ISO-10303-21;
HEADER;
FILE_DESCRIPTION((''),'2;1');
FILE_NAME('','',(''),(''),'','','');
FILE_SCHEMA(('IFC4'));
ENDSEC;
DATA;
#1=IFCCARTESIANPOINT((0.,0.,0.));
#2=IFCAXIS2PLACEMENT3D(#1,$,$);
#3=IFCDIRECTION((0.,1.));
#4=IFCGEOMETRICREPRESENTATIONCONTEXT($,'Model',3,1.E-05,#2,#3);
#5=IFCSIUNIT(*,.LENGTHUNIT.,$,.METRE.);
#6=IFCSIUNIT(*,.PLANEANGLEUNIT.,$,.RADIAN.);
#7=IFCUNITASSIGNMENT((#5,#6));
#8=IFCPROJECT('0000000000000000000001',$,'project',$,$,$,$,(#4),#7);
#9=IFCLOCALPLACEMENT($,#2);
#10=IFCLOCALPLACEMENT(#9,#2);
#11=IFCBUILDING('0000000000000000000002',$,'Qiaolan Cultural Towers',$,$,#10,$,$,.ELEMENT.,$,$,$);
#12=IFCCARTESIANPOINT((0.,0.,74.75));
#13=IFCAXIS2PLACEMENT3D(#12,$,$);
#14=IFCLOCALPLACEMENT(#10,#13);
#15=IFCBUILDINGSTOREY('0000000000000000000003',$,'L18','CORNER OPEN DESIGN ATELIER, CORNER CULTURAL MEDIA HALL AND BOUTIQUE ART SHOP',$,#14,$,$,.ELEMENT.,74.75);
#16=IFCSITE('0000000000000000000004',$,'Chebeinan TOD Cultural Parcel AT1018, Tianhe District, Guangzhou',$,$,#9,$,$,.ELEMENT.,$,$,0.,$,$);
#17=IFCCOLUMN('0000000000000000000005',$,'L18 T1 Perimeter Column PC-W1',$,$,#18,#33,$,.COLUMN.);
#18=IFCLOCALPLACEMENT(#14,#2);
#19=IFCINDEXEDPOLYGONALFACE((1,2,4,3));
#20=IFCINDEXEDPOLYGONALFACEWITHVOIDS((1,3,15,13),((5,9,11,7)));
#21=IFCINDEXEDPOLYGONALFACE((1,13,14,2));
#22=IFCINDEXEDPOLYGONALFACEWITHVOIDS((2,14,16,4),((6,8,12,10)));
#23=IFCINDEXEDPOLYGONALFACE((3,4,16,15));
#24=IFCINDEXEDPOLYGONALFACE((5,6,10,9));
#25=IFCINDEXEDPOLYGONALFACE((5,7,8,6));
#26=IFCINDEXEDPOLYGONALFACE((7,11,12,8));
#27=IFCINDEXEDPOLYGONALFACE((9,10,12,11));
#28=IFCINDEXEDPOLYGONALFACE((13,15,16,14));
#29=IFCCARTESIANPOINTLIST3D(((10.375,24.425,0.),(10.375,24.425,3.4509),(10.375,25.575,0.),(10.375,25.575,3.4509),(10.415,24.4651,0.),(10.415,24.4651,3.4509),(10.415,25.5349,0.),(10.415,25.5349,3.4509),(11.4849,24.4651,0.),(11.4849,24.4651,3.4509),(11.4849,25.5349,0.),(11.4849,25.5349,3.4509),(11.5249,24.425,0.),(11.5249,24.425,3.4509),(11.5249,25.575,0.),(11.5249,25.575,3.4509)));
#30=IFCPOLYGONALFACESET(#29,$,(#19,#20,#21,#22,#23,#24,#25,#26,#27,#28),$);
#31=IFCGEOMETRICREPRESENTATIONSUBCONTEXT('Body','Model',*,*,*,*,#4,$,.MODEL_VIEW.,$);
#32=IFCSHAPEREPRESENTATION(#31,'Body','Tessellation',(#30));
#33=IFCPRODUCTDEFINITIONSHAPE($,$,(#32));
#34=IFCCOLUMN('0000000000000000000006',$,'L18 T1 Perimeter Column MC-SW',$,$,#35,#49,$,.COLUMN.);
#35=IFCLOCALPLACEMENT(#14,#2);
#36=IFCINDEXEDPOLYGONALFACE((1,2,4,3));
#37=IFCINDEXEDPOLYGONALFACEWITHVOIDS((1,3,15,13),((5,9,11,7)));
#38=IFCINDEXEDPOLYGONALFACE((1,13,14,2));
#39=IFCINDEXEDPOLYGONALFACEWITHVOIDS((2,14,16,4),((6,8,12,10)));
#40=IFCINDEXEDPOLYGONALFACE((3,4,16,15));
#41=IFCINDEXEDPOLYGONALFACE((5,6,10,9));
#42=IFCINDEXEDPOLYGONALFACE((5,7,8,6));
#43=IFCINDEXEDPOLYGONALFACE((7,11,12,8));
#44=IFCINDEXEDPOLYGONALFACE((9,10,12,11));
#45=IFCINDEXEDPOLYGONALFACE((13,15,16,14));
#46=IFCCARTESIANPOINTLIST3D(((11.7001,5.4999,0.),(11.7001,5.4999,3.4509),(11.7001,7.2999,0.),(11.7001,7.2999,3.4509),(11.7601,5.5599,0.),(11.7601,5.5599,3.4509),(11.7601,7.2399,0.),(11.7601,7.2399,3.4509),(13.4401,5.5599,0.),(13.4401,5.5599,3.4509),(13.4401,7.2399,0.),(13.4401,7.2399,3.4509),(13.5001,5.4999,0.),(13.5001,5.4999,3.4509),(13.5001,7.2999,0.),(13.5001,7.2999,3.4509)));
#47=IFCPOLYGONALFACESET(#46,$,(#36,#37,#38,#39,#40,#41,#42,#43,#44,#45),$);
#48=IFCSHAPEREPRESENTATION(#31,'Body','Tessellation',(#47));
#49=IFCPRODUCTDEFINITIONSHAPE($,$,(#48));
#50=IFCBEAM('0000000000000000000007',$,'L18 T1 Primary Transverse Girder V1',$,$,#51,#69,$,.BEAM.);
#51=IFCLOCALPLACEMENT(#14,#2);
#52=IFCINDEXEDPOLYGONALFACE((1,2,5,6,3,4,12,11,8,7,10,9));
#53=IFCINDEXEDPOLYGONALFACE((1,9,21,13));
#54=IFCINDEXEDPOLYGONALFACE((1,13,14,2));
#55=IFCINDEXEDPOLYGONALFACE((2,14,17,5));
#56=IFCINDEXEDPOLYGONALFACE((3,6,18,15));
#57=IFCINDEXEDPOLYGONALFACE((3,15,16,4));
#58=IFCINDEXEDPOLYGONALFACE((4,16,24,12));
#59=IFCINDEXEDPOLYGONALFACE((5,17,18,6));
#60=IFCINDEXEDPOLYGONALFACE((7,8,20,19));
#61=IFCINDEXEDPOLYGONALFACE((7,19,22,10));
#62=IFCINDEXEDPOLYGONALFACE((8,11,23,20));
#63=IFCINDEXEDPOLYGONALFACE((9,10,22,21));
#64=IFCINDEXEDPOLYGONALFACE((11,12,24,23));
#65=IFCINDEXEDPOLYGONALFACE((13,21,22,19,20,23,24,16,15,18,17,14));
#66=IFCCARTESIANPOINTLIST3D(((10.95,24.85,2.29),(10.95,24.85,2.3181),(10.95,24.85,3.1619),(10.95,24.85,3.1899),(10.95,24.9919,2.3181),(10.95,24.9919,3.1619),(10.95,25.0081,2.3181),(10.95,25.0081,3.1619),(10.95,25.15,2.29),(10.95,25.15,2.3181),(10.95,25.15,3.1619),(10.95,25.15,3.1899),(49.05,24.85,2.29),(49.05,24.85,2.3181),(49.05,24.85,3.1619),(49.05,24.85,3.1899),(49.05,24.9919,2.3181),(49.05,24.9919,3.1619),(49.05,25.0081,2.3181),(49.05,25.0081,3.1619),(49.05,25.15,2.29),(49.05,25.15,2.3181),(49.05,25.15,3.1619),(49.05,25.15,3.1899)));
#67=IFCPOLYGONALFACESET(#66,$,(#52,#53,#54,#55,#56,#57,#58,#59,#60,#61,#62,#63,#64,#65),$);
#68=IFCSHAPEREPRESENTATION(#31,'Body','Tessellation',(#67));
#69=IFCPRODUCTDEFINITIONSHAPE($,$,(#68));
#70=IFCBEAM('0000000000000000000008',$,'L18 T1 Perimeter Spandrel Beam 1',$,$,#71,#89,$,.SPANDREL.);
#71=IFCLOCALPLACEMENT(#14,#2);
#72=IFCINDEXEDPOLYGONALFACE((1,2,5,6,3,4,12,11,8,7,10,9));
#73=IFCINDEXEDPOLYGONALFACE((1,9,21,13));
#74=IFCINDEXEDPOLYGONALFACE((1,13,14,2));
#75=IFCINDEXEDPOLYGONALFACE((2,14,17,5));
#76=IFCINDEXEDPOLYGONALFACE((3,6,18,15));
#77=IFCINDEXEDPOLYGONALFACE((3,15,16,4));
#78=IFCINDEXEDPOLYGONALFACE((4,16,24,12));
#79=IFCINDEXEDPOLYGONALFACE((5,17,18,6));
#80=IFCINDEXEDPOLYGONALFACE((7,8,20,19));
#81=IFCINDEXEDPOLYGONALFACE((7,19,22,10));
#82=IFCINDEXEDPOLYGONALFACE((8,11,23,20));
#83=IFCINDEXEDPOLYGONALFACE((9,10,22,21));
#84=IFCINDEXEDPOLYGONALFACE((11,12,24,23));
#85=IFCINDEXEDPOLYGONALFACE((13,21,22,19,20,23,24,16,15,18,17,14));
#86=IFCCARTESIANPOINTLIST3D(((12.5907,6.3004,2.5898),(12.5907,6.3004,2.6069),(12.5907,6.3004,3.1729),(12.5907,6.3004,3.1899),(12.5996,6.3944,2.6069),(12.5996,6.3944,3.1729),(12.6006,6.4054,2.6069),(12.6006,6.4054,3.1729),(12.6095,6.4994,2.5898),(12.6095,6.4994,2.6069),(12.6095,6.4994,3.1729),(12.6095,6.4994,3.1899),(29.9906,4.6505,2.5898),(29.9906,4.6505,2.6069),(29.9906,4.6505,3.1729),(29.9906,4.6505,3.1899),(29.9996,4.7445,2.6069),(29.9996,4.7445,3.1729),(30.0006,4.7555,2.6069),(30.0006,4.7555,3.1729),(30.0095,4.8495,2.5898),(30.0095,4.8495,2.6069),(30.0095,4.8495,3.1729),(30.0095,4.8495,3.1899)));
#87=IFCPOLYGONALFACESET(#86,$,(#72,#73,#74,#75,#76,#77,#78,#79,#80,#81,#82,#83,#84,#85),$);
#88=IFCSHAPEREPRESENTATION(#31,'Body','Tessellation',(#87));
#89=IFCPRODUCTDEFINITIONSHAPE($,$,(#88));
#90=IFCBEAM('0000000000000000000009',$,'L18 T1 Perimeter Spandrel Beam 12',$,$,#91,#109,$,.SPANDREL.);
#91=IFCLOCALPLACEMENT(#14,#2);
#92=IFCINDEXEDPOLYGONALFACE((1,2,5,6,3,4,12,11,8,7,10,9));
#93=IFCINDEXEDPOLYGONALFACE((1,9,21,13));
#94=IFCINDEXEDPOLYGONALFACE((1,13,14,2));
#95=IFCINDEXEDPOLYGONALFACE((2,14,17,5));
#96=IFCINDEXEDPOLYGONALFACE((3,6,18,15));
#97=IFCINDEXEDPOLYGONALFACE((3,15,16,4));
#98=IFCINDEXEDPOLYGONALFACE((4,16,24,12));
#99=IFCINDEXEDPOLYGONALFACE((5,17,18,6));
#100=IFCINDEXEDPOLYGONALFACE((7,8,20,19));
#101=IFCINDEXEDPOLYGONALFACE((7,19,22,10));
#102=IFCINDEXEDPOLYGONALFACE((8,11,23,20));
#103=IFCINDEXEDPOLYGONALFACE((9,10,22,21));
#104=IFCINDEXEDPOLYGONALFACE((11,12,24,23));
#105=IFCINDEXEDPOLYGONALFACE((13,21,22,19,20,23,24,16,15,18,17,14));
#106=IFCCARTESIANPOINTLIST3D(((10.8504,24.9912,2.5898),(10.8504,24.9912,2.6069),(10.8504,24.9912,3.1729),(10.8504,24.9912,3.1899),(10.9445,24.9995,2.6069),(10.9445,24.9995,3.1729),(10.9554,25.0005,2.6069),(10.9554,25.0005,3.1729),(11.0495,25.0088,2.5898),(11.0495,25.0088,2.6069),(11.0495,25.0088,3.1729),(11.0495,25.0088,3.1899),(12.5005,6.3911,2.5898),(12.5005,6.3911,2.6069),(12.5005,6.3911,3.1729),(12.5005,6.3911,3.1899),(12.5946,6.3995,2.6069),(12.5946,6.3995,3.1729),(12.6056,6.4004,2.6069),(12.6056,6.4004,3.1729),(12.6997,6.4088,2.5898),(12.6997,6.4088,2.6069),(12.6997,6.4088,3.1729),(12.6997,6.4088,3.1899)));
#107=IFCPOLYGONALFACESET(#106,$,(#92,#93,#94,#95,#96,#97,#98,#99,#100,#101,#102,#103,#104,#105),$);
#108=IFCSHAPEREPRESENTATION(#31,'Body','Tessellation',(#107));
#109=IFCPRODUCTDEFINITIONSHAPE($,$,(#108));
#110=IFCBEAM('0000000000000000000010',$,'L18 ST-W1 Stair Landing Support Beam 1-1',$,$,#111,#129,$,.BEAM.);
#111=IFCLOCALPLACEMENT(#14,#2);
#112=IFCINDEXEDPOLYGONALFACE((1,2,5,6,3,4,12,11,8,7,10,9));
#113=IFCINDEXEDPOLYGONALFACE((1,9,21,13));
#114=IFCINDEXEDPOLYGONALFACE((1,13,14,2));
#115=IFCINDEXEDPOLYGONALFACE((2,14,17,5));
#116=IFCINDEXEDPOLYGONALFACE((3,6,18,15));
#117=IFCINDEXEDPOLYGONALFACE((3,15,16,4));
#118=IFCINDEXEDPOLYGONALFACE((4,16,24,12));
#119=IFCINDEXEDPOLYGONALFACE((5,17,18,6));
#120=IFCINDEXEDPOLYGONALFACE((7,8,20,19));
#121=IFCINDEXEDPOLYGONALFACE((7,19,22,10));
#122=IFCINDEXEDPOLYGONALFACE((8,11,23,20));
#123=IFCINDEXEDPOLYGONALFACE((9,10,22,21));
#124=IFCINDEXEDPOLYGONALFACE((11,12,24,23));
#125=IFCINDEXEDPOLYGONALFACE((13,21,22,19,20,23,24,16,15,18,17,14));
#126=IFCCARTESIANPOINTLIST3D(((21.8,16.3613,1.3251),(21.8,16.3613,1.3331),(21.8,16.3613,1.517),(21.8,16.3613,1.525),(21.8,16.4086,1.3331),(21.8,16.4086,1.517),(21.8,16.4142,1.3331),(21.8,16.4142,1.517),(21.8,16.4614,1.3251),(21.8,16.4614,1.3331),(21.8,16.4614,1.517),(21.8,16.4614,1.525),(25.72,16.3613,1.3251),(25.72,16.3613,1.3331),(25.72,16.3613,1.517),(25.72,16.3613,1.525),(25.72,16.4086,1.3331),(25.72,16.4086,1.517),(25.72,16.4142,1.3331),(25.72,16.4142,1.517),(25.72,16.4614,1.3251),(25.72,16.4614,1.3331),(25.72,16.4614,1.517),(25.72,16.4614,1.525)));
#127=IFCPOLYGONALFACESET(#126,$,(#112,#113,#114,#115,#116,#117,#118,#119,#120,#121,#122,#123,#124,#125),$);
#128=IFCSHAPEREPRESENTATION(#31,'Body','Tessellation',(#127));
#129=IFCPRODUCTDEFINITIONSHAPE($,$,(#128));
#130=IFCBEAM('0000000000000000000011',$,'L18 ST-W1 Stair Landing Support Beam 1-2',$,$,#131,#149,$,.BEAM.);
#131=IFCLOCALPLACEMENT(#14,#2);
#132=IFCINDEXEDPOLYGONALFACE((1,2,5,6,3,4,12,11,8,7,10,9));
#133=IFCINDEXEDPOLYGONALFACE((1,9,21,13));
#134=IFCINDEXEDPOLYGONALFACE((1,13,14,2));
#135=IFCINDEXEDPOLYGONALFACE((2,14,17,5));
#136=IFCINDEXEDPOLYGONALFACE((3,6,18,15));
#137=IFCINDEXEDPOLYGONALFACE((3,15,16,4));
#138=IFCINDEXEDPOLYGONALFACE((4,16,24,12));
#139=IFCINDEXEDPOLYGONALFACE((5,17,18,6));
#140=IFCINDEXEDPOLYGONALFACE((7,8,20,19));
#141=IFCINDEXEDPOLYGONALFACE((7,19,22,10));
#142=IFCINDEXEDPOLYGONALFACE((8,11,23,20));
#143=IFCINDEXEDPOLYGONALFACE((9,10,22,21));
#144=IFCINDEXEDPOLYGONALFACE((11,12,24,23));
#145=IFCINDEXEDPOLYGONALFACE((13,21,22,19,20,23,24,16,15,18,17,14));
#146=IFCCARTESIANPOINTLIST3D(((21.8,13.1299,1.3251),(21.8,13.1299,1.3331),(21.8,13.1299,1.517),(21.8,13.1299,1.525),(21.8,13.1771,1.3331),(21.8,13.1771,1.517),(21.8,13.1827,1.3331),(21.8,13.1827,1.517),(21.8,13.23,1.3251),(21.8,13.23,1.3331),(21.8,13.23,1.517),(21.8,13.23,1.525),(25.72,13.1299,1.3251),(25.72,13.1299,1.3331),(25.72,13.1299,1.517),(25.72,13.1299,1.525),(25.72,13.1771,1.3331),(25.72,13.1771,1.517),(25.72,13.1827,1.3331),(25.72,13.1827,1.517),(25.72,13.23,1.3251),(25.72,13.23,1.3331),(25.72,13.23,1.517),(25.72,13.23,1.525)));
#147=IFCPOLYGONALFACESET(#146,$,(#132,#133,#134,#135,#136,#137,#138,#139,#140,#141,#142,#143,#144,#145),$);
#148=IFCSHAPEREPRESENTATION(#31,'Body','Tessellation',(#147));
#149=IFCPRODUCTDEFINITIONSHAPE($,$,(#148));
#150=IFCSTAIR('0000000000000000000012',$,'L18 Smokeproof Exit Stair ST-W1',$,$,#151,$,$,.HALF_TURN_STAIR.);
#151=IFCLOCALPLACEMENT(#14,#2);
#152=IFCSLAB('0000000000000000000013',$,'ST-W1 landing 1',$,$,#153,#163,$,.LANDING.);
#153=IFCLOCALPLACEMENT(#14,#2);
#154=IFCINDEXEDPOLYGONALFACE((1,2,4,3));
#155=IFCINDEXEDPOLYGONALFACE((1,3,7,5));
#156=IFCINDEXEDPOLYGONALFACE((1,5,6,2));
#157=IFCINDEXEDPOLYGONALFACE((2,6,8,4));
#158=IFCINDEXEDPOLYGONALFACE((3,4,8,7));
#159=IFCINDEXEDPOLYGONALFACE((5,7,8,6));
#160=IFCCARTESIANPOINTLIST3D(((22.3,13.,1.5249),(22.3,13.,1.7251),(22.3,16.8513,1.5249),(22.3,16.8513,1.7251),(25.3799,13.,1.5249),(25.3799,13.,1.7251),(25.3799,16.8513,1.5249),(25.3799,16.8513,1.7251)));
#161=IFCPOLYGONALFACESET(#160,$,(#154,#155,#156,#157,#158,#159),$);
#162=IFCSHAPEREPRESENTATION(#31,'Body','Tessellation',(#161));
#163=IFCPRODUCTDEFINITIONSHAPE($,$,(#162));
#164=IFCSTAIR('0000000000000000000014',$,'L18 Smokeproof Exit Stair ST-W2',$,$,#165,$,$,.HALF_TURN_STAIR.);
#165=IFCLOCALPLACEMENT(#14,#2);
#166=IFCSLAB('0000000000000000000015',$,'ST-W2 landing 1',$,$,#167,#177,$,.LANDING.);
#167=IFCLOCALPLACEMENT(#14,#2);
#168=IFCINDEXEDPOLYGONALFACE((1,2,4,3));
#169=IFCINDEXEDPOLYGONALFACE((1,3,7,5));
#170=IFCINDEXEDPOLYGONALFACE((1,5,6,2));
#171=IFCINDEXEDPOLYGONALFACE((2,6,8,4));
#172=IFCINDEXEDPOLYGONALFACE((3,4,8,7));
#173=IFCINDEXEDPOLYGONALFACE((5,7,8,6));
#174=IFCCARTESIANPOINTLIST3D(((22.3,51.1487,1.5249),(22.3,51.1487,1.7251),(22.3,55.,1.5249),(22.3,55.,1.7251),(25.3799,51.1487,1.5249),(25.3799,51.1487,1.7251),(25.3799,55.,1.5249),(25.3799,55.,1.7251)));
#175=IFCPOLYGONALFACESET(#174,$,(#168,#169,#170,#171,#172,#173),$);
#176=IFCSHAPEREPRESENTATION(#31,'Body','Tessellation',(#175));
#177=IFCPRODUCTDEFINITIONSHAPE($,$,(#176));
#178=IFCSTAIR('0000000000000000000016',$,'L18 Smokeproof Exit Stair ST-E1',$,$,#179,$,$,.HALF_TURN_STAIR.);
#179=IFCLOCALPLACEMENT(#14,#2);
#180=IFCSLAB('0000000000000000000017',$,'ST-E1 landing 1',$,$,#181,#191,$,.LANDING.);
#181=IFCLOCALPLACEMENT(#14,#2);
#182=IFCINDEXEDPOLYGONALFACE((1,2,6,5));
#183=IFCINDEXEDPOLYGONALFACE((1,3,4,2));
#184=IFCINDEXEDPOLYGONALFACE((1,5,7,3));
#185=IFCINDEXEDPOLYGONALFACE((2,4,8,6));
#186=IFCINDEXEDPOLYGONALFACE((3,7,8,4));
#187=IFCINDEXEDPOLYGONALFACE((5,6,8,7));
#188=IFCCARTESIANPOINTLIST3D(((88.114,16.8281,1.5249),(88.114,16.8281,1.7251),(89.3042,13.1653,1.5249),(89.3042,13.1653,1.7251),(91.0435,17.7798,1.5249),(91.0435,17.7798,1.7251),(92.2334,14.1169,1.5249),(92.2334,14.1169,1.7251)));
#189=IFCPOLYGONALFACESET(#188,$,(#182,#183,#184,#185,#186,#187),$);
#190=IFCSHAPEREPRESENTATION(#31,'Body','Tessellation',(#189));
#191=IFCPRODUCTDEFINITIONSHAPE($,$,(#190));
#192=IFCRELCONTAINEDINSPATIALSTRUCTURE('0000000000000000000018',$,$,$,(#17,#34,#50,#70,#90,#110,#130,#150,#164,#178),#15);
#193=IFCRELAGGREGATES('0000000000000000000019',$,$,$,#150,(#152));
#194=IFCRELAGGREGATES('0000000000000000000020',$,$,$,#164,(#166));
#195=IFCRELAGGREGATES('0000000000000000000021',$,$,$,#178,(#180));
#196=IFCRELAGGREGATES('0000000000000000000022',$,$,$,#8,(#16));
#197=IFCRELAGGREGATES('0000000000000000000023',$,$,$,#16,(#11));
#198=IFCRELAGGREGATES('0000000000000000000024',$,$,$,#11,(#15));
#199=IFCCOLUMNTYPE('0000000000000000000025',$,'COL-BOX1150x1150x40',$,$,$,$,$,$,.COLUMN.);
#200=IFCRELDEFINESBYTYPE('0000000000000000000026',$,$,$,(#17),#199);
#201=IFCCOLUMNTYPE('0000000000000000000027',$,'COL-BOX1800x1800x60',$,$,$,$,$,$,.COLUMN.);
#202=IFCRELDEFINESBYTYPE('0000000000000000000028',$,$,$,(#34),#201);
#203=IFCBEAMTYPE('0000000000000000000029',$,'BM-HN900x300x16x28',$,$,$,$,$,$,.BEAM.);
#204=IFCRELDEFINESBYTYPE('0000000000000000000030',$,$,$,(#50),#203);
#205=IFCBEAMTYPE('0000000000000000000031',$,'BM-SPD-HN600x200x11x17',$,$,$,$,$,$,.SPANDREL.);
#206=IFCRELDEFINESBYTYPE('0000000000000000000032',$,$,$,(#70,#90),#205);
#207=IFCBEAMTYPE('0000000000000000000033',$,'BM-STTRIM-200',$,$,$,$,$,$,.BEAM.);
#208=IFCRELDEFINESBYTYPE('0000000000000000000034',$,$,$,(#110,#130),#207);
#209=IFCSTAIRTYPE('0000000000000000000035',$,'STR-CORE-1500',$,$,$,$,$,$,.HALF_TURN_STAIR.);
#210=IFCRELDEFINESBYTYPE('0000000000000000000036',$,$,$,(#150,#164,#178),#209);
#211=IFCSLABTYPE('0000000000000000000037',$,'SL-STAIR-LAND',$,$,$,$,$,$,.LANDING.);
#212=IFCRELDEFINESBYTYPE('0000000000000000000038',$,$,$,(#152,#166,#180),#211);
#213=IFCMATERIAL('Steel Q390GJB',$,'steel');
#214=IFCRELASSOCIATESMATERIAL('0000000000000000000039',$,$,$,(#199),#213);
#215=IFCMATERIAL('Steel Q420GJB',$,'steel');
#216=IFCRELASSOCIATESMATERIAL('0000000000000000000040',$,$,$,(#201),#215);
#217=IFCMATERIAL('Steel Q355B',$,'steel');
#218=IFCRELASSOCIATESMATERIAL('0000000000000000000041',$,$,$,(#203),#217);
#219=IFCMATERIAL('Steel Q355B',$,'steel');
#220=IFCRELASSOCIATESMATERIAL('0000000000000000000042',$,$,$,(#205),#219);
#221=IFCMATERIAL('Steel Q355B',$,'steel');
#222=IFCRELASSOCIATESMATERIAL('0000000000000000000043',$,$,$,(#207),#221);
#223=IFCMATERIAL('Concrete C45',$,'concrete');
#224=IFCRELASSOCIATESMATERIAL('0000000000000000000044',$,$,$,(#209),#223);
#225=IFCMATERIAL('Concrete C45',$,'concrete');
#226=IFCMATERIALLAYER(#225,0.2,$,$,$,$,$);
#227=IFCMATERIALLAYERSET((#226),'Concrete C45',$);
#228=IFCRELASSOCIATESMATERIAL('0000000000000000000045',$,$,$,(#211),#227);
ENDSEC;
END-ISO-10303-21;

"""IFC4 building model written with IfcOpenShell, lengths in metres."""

from ifc_helpers import new_model, si_unit, direction, frame, origin, origin_2d, place, context, subcontext, project, spatial, polyline, hollow_rectangle, i_section, outline, extrude, material, layer, layer_set, material_profile, profile_set, type_object, element, aggregate, save


model = new_model("IFC4")

# Units and contexts
model_context = context("Model", 3, precision=1e-05, world=origin(), true_north=direction((0.0, 1.0)))
body_context = subcontext(model_context, "Body", "Model", "MODEL_VIEW")
ifc_project = project(units=[si_unit("LENGTHUNIT", "METRE"), si_unit("PLANEANGLEUNIT", "RADIAN")], contexts=[model_context])

# Site, building, storey
site_placement = place(None, origin())
site = spatial("IfcSite", under=ifc_project, at=site_placement, Name="Chebeinan TOD Cultural Parcel AT1018, Tianhe District, Guangzhou", CompositionType="ELEMENT", RefElevation=0.0)
building_placement = place(site_placement, origin())
building = spatial("IfcBuilding", under=site, at=building_placement, Name="Qiaolan Cultural Towers", CompositionType="ELEMENT")
storey_placement = place(building_placement, frame((0.0, 0.0, 74.75)))
storey = spatial("IfcBuildingStorey", under=building, at=storey_placement, Name="L18", Description="CORNER OPEN DESIGN ATELIER, CORNER CULTURAL MEDIA HALL AND BOUTIQUE ART SHOP", CompositionType="ELEMENT", Elevation=74.75)

# Columns
ifc_material_1 = material(Name="Steel Q390GJB", Category="steel")
ifc_material_profile_1 = material_profile(ifc_material_1, hollow_rectangle(XDim=1.1499, YDim=1.1499, WallThickness=0.04, at=origin_2d()), Name="BOX1150x1150x40")
ifc_profile_set_1 = profile_set([ifc_material_profile_1], Name="Steel Q390GJB")
column_type_1 = type_object("IfcColumnType", Name="COL-BOX1150x1150x40", PredefinedType="COLUMN", material=ifc_profile_set_1)
column_1_placement = place(storey_placement, frame((10.95, 25.0, 0.0), z_axis=(0.0, 0.0, 1.0), x_axis=(1.0, 0.0, 0.0)))
element("IfcColumn", 1, at=column_1_placement, inside=storey, type_object=column_type_1, Name="L18 T1 Perimeter Column PC-W1", PredefinedType="COLUMN", context=body_context, shape_type="SweptSolid", body=[
    extrude(hollow_rectangle(XDim=1.1499, YDim=1.1499, WallThickness=0.04, at=origin_2d()), origin(), (0.0, 0.0, 1.0), 3.4509),
])
ifc_material_2 = material(Name="Steel Q420GJB", Category="steel")
ifc_material_profile_2 = material_profile(ifc_material_2, hollow_rectangle(XDim=1.8, YDim=1.8, WallThickness=0.0601, at=origin_2d()), Name="BOX1800x1800x60")
ifc_profile_set_2 = profile_set([ifc_material_profile_2], Name="Steel Q420GJB")
column_type_2 = type_object("IfcColumnType", Name="COL-BOX1800x1800x60", PredefinedType="COLUMN", material=ifc_profile_set_2)
column_2_placement = place(storey_placement, frame((12.6001, 6.3999, 0.0), z_axis=(0.0, 0.0, 1.0), x_axis=(1.0, 0.0, 0.0)))
element("IfcColumn", 2, at=column_2_placement, inside=storey, type_object=column_type_2, Name="L18 T1 Perimeter Column MC-SW", PredefinedType="COLUMN", context=body_context, shape_type="SweptSolid", body=[
    extrude(hollow_rectangle(XDim=1.8, YDim=1.8, WallThickness=0.0601, at=origin_2d()), origin(), (0.0, 0.0, 1.0), 3.4509),
])

# Beams
ifc_material_3 = material(Name="Steel Q355B", Category="steel")
ifc_material_profile_3 = material_profile(ifc_material_3, i_section(OverallWidth=0.3, OverallDepth=0.8999, WebThickness=0.0161, FlangeThickness=0.0281, at=origin_2d()), Name="HN900x300x16x28")
ifc_profile_set_3 = profile_set([ifc_material_profile_3], Name="Steel Q355B")
beam_type_1 = type_object("IfcBeamType", Name="BM-HN900x300x16x28", PredefinedType="BEAM", material=ifc_profile_set_3)
beam_1_placement = place(storey_placement, frame((10.95, 25.0, 2.74), z_axis=(1.0, 0.0, 0.0), x_axis=(0.0, 1.0, 0.0)))
element("IfcBeam", 3, at=beam_1_placement, inside=storey, type_object=beam_type_1, Name="L18 T1 Primary Transverse Girder V1", PredefinedType="BEAM", context=body_context, shape_type="SweptSolid", body=[
    extrude(i_section(OverallWidth=0.3, OverallDepth=0.8999, WebThickness=0.0161, FlangeThickness=0.0281, at=origin_2d()), origin(), (0.0, 0.0, 1.0), 38.1001),
])
ifc_material_4 = material(Name="Steel Q355B", Category="steel")
ifc_material_profile_4 = material_profile(ifc_material_4, i_section(OverallWidth=0.2, OverallDepth=0.6001, WebThickness=0.011, FlangeThickness=0.0171, at=origin_2d()), Name="HN600x200x11x17")
ifc_profile_set_4 = profile_set([ifc_material_profile_4], Name="Steel Q355B")
beam_type_2 = type_object("IfcBeamType", Name="BM-SPD-HN600x200x11x17", PredefinedType="SPANDREL", material=ifc_profile_set_4)
beam_2_placement = place(storey_placement, frame((12.6001, 6.3999, 2.8899), z_axis=(0.995534, -0.094399, 0.0), x_axis=(0.094399, 0.995534, 0.0)))
element("IfcBeam", 4, at=beam_2_placement, inside=storey, type_object=beam_type_2, Name="L18 T1 Perimeter Spandrel Beam 1", PredefinedType="SPANDREL", context=body_context, shape_type="SweptSolid", body=[
    extrude(i_section(OverallWidth=0.2, OverallDepth=0.6001, WebThickness=0.011, FlangeThickness=0.0171, at=origin_2d()), origin(), (0.0, 0.0, 1.0), 17.478),
])
beam_3_placement = place(storey_placement, frame((10.95, 25.0, 2.8899), z_axis=(0.08837, -0.996088, 0.0), x_axis=(0.996088, 0.08837, 0.0)))
element("IfcBeam", 5, at=beam_3_placement, inside=storey, type_object=beam_type_2, Name="L18 T1 Perimeter Spandrel Beam 12", PredefinedType="SPANDREL", context=body_context, shape_type="SweptSolid", body=[
    extrude(i_section(OverallWidth=0.2, OverallDepth=0.6001, WebThickness=0.011, FlangeThickness=0.0171, at=origin_2d()), origin(), (0.0, 0.0, 1.0), 18.6731),
])
ifc_material_5 = material(Name="Steel Q355B", Category="steel")
ifc_material_profile_5 = material_profile(ifc_material_5, i_section(OverallWidth=0.1001, OverallDepth=0.2, WebThickness=0.0056, FlangeThickness=0.0081, at=origin_2d()), Name="HN200x100x5.5x8")
ifc_profile_set_5 = profile_set([ifc_material_profile_5], Name="Steel Q355B")
beam_type_3 = type_object("IfcBeamType", Name="BM-STTRIM-200", PredefinedType="BEAM", material=ifc_profile_set_5)
for number, where, z_axis, x_axis, name in (
    (6, (21.8, 16.4114, 1.425), (1.0, 0.0, 0.0), (0.0, 1.0, 0.0), "L18 ST-W1 Stair Landing Support Beam 1-1"),
    (7, (21.8, 13.1799, 1.425), (1.0, 0.0, 0.0), (0.0, 1.0, 0.0), "L18 ST-W1 Stair Landing Support Beam 1-2"),
):
    element("IfcBeam", number, at=place(storey_placement, frame(where, z_axis=z_axis, x_axis=x_axis)), inside=storey, type_object=beam_type_3, Name=name, PredefinedType="BEAM", context=body_context, shape_type="SweptSolid", body=[
        extrude(i_section(OverallWidth=0.1001, OverallDepth=0.2, WebThickness=0.0056, FlangeThickness=0.0081, at=origin_2d()), origin(), (0.0, 0.0, 1.0), 3.9199),
    ])

# Stairs, slabs
ifc_material_6 = material(Name="Concrete C45", Category="concrete")
stair_type = type_object("IfcStairType", Name="STR-CORE-1500", PredefinedType="HALF_TURN_STAIR", material=ifc_material_6)
stair_1_placement = place(storey_placement, origin())
stair_1 = element("IfcStair", 8, at=stair_1_placement, inside=storey, type_object=stair_type, Name="L18 Smokeproof Exit Stair ST-W1", PredefinedType="HALF_TURN_STAIR")
ifc_material_7 = material(Name="Concrete C45", Category="concrete")
ifc_layer_1 = layer(ifc_material_7, 0.2)
ifc_layer_set_1 = layer_set([ifc_layer_1], Name="Concrete C45")
slab_type_1 = type_object("IfcSlabType", Name="SL-STAIR-LAND", PredefinedType="LANDING", material=ifc_layer_set_1)
slab_1_placement = place(storey_placement, frame((0.0, 0.0, 1.5249)))
slab_1 = element("IfcSlab", 9, at=slab_1_placement, type_object=slab_type_1, Name="ST-W1 landing 1", PredefinedType="LANDING", context=body_context, shape_type="SweptSolid", body=[
    extrude(outline(polyline([(22.3, 16.8513), (22.3, 13.0), (25.3799, 13.0), (25.3799, 16.8513), (22.3, 16.8513)])), origin(), (0.0, 0.0, 1.0), 0.2002),
])
aggregate(stair_1, [slab_1])
stair_2_placement = place(storey_placement, origin())
stair_2 = element("IfcStair", 10, at=stair_2_placement, inside=storey, type_object=stair_type, Name="L18 Smokeproof Exit Stair ST-W2", PredefinedType="HALF_TURN_STAIR")
slab_2_placement = place(storey_placement, frame((0.0, 0.0, 1.5249)))
slab_2 = element("IfcSlab", 11, at=slab_2_placement, type_object=slab_type_1, Name="ST-W2 landing 1", PredefinedType="LANDING", context=body_context, shape_type="SweptSolid", body=[
    extrude(outline(polyline([(25.3799, 51.1487), (25.3799, 55.0), (22.3, 55.0), (22.3, 51.1487), (25.3799, 51.1487)])), origin(), (0.0, 0.0, 1.0), 0.2002),
])
aggregate(stair_2, [slab_2])
stair_3_placement = place(storey_placement, origin())
stair_3 = element("IfcStair", 12, at=stair_3_placement, inside=storey, type_object=stair_type, Name="L18 Smokeproof Exit Stair ST-E1", PredefinedType="HALF_TURN_STAIR")
slab_3_placement = place(storey_placement, frame((0.0, 0.0, 1.5249)))
slab_3 = element("IfcSlab", 13, at=slab_3_placement, type_object=slab_type_1, Name="ST-E1 landing 1", PredefinedType="LANDING", context=body_context, shape_type="SweptSolid", body=[
    extrude(outline(polyline([(88.114, 16.8281), (89.3042, 13.1653), (92.2334, 14.1169), (91.0435, 17.7798), (88.114, 16.8281)])), origin(), (0.0, 0.0, 1.0), 0.2002),
])
aggregate(stair_3, [slab_3])

save(model, "model.ifc")
